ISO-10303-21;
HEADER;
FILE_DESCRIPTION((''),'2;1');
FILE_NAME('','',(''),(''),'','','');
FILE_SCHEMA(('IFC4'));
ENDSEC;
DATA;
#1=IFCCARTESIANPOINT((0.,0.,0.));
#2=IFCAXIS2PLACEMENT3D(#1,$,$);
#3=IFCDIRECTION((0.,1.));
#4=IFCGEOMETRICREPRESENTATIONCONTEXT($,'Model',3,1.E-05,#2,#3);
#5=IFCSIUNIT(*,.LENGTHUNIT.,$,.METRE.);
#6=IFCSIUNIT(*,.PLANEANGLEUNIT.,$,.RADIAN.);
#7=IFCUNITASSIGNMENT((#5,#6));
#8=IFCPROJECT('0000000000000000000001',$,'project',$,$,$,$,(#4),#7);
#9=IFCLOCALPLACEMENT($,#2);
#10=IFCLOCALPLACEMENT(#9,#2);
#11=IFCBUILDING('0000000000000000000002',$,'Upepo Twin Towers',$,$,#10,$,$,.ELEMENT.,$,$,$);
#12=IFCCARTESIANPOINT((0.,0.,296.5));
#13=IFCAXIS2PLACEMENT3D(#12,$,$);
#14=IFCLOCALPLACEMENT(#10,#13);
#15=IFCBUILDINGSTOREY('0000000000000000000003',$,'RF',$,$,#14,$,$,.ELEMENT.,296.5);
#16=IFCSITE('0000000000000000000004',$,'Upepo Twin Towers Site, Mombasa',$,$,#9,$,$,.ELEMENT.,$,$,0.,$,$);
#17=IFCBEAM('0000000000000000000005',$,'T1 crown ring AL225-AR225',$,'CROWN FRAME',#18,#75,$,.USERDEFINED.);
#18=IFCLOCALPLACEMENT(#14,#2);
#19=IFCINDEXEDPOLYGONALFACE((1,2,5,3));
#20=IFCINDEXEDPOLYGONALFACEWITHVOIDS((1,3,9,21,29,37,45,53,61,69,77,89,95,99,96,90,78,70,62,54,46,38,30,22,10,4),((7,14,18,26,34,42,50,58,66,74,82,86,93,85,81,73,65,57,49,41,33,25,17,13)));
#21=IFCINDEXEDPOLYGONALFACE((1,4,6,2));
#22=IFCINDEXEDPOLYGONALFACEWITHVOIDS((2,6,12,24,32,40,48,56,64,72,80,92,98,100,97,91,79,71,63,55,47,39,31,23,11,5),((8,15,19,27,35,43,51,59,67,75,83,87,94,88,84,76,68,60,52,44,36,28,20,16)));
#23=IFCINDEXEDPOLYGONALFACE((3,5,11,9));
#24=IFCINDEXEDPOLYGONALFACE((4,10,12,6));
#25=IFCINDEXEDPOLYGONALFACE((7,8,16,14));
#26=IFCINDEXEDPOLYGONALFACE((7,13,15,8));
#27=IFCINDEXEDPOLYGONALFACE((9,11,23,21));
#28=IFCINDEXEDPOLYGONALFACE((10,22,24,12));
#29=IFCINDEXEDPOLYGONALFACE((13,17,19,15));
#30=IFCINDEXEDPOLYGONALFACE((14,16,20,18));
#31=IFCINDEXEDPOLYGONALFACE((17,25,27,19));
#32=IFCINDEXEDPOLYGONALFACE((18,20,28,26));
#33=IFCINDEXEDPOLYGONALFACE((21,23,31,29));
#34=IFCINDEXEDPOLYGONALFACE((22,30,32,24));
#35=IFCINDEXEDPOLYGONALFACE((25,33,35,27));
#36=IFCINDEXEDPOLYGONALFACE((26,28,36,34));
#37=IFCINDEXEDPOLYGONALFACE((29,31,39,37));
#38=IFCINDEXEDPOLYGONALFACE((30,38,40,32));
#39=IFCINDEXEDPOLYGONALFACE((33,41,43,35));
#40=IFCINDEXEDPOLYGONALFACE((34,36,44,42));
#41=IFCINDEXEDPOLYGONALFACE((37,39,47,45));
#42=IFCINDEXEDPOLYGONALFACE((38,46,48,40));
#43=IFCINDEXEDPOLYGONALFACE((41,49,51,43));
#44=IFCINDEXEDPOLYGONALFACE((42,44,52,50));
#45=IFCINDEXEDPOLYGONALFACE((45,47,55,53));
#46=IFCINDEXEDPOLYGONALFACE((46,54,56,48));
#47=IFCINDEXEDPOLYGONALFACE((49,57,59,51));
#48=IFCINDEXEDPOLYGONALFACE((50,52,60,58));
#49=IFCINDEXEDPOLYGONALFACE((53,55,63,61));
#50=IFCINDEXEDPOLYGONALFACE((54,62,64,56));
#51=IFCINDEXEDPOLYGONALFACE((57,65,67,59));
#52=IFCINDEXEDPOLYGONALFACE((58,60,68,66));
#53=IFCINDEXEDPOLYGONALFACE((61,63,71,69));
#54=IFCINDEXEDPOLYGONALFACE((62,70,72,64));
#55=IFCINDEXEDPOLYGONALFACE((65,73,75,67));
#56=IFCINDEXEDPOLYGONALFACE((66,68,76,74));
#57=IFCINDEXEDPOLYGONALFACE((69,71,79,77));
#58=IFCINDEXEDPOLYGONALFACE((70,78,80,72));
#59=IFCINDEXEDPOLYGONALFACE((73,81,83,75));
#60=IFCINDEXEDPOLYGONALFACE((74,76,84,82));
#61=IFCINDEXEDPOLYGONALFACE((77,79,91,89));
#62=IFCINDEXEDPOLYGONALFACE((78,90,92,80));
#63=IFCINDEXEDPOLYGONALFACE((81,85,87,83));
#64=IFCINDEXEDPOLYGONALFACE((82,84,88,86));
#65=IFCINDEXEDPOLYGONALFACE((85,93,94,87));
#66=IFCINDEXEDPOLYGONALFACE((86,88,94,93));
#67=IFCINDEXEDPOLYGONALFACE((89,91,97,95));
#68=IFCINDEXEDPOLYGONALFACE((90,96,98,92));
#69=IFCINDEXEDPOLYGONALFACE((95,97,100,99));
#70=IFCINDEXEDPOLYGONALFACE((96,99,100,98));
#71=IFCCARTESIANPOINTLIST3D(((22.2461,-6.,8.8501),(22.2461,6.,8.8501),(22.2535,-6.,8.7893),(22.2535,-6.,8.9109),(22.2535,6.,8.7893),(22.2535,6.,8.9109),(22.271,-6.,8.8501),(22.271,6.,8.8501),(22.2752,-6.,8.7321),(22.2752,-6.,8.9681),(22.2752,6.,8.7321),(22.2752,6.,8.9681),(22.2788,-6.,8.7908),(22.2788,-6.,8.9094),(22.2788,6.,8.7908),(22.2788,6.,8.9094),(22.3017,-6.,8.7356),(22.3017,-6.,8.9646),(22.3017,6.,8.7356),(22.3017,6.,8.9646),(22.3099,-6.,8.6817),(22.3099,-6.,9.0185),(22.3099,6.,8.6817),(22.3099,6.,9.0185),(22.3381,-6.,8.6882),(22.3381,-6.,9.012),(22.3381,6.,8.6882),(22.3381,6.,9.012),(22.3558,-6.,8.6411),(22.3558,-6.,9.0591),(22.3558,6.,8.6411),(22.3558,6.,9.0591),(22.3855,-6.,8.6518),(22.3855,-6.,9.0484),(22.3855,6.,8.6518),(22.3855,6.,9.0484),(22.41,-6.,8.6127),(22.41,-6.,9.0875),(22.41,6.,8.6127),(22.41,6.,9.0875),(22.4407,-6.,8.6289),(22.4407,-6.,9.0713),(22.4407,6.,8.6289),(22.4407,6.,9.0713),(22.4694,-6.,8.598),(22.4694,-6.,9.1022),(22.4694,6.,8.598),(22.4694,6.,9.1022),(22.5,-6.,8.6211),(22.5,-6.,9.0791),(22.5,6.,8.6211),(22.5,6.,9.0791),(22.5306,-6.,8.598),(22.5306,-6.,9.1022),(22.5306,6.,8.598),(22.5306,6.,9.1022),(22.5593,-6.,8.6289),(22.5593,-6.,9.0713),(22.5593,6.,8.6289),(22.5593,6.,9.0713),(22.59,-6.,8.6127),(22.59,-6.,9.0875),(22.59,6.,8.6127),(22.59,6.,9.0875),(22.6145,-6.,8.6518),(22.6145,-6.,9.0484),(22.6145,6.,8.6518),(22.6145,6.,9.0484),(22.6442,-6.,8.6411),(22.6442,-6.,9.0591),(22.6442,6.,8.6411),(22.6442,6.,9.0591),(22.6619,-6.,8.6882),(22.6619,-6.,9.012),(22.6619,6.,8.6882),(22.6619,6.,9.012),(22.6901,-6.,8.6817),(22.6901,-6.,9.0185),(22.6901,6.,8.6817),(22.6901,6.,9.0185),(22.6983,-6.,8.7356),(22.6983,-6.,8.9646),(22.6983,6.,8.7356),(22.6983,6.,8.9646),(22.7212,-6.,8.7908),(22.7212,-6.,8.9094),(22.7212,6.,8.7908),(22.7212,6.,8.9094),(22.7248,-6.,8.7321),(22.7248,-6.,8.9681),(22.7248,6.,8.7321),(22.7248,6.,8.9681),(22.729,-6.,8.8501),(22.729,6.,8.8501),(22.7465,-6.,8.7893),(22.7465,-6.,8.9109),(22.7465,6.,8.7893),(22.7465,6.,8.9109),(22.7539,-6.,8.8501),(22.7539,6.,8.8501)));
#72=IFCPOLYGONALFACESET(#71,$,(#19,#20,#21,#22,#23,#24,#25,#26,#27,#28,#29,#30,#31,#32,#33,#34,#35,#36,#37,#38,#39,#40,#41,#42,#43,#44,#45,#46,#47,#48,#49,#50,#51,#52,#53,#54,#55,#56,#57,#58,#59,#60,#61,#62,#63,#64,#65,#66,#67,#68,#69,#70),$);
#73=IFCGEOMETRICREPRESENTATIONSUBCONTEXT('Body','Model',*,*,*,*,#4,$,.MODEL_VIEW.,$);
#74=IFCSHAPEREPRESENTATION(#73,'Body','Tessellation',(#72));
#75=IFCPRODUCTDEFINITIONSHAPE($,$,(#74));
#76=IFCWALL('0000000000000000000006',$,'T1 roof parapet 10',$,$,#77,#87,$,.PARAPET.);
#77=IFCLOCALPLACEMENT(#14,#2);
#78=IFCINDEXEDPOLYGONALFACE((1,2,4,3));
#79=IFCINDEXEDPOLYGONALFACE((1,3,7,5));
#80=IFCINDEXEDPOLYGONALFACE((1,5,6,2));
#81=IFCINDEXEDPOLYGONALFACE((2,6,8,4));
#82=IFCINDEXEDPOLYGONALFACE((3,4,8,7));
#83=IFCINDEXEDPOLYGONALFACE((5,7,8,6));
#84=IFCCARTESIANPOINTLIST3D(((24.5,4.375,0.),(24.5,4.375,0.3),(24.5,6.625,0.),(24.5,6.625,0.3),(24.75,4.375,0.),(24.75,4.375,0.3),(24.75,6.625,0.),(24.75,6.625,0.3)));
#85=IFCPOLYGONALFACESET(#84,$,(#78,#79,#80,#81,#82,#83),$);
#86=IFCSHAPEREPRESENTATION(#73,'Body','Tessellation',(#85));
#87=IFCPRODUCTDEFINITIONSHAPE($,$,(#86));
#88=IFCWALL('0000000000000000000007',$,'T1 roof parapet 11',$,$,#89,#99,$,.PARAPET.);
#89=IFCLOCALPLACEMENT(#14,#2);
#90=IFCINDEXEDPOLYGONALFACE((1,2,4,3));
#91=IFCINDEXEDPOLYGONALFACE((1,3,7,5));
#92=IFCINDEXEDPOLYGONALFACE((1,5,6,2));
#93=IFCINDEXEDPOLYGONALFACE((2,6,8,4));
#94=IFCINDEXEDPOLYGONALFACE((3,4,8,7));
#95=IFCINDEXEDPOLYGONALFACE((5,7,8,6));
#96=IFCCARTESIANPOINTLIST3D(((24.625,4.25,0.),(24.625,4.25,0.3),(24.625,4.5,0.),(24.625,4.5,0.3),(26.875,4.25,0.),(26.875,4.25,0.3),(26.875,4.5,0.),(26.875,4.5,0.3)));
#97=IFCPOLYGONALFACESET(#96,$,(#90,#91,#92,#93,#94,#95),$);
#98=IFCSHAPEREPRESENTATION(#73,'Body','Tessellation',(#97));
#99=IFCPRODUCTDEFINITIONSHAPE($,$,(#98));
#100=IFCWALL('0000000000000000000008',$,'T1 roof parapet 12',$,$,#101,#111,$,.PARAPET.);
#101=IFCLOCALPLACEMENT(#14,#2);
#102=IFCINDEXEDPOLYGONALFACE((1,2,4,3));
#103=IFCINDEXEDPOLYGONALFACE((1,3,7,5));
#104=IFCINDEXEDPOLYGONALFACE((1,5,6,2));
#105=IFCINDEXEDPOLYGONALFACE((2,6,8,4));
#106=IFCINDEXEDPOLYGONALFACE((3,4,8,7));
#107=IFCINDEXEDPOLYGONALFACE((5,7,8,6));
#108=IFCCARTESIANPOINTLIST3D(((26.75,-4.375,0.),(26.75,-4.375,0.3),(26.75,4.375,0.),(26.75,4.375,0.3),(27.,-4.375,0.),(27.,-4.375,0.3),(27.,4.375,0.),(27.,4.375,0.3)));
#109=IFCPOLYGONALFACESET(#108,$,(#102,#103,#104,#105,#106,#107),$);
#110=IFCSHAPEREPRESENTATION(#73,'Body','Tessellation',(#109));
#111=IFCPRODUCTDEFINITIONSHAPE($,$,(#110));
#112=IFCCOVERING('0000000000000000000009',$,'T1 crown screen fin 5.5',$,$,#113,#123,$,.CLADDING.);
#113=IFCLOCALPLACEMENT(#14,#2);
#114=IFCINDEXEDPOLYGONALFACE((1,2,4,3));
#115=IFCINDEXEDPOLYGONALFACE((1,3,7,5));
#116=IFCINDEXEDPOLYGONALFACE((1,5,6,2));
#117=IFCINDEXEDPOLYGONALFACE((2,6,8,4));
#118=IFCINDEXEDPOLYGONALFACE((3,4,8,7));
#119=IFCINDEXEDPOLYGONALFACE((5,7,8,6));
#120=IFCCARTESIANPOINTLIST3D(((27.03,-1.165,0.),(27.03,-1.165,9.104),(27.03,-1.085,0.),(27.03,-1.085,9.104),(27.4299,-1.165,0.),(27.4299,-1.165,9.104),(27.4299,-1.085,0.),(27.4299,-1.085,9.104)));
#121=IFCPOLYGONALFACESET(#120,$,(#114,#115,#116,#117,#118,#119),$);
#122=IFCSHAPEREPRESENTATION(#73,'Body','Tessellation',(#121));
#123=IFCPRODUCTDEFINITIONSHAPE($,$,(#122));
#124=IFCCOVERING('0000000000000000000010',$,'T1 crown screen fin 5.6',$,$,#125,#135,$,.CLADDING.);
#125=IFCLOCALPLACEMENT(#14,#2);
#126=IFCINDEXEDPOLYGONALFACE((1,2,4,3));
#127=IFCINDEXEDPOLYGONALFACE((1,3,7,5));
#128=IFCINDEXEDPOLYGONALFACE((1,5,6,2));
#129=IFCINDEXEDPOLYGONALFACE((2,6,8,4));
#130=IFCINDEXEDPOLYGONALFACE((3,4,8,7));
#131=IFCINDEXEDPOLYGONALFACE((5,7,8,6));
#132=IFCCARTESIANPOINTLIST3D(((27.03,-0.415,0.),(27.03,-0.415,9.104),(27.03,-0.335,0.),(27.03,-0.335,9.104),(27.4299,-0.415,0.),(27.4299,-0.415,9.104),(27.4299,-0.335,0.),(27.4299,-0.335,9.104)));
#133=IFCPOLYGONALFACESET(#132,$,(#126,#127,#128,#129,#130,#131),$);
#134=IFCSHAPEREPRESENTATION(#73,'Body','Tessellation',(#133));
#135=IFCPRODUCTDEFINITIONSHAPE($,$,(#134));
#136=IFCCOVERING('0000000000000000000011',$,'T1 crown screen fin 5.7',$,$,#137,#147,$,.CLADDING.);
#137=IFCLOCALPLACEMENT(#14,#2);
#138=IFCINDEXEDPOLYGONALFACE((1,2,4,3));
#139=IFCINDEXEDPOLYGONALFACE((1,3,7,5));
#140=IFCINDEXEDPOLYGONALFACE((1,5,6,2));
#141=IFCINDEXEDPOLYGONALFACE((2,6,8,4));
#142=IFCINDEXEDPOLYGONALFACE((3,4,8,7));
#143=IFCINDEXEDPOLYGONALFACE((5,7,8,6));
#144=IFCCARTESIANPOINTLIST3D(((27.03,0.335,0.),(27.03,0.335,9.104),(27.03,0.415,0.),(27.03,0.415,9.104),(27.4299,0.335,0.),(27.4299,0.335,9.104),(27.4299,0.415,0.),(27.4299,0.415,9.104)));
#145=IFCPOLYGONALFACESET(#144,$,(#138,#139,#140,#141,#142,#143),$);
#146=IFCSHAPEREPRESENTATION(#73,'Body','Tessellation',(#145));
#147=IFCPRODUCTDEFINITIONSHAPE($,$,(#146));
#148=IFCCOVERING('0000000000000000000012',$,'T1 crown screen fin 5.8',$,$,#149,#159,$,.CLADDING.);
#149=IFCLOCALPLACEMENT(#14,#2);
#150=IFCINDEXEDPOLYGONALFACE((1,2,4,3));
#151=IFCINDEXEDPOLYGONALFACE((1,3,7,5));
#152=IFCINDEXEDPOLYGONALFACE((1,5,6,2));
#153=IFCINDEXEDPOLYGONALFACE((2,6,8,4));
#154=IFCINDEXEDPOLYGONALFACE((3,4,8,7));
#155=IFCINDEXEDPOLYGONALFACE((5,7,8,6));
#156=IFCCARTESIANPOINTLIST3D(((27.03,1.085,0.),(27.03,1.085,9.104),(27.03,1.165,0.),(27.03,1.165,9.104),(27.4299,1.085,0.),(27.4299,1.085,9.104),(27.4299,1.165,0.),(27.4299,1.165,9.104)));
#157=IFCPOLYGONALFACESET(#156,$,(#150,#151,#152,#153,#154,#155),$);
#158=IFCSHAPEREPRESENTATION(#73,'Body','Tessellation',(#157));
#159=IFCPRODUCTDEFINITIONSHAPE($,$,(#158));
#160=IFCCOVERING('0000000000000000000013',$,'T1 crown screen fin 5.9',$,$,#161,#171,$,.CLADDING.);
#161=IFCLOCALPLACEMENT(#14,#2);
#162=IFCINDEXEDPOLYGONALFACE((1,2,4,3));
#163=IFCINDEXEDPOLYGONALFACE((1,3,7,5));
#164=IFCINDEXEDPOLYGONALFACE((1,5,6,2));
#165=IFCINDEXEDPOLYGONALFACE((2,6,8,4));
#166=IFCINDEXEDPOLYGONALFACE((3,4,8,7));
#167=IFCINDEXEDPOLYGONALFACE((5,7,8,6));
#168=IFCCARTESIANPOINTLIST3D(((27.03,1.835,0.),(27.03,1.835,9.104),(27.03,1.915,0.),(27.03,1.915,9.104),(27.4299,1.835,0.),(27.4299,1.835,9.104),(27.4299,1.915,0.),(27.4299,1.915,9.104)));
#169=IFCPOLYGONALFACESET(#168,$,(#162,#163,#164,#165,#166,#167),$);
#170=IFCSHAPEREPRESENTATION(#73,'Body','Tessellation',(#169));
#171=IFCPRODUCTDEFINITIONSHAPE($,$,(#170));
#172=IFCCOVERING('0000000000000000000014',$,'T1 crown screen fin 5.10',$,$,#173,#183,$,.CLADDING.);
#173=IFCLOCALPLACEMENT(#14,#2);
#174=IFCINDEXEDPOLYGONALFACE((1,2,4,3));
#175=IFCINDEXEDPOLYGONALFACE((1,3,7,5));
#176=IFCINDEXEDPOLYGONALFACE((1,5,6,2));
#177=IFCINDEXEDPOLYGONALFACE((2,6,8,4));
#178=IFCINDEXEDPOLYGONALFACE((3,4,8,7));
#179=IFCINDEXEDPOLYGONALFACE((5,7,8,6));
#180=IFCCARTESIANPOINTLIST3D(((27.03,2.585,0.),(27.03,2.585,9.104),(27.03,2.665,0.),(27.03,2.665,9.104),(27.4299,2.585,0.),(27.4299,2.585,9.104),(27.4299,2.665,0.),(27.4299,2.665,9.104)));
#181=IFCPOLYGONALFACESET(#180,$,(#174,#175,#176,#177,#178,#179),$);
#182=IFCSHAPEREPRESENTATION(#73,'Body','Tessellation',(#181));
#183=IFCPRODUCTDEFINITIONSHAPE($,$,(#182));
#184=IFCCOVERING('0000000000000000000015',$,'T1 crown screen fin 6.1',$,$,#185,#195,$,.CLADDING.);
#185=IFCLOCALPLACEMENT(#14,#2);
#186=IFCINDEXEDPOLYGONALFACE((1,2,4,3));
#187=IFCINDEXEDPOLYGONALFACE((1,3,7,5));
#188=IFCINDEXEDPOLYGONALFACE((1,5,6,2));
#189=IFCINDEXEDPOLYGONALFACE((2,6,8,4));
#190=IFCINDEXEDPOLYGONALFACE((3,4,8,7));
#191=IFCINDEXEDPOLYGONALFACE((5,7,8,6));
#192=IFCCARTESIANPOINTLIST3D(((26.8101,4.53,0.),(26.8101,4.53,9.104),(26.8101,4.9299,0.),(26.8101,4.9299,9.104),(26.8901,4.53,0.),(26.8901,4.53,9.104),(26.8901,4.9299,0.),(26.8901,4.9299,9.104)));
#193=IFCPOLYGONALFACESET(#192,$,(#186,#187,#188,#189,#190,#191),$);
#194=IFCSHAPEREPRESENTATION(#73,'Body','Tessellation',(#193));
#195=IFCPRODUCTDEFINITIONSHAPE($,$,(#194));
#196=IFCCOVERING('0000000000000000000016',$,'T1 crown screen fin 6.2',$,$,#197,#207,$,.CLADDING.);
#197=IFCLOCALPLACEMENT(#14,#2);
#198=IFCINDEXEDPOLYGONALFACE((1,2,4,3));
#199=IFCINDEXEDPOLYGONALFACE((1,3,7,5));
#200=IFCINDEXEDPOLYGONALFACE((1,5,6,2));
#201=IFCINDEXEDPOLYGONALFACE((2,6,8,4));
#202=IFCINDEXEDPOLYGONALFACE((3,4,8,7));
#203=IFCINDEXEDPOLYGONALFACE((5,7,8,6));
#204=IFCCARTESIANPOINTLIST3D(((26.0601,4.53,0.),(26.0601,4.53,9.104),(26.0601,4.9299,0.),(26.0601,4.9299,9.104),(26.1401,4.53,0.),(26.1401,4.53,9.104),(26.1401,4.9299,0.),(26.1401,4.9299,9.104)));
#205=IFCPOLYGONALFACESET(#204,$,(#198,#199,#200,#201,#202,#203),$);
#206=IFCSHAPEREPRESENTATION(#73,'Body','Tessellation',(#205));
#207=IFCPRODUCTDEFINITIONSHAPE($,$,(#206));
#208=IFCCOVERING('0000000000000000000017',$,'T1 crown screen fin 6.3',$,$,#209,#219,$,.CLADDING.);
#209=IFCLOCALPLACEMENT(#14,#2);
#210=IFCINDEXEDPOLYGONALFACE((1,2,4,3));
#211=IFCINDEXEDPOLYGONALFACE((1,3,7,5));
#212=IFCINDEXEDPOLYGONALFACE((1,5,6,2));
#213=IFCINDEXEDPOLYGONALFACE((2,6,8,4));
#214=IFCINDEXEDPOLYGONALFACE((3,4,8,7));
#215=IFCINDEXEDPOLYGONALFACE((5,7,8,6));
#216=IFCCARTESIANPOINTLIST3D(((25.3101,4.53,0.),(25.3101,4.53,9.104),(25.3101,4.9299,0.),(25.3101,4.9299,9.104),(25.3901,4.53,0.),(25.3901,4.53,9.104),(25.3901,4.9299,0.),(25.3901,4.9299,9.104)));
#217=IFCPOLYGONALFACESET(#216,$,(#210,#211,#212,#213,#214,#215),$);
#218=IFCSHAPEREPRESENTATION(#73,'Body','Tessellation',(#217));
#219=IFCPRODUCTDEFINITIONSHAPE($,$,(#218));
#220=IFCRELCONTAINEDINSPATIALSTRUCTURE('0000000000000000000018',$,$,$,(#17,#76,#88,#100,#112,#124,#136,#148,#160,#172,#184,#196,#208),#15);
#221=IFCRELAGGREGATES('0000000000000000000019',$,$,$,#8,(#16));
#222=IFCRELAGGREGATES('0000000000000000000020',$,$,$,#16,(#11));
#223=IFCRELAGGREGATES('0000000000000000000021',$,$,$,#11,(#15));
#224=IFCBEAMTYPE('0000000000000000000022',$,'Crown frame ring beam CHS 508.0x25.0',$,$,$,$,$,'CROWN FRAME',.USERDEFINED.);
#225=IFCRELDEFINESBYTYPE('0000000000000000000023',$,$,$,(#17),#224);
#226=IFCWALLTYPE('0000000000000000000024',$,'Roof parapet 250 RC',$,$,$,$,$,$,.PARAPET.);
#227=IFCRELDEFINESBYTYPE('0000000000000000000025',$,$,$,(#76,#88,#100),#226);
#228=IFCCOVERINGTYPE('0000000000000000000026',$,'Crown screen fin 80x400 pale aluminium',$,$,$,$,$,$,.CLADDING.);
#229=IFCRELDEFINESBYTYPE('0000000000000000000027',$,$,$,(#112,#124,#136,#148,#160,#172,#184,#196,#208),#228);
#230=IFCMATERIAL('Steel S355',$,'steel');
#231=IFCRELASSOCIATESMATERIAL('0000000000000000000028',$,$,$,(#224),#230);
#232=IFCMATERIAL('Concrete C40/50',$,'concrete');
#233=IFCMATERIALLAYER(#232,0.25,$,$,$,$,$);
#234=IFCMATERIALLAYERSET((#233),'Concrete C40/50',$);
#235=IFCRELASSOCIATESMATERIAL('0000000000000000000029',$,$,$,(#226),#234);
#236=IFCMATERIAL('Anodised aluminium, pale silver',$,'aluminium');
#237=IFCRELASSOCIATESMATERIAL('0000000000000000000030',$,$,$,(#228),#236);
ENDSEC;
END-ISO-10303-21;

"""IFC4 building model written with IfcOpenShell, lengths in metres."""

from ifc_helpers import new_model, si_unit, direction, frame, frame_2d, origin, origin_2d, place, context, subcontext, project, spatial, rectangle, hollow_circle, extrude, material, layer, layer_set, material_profile, profile_set, type_object, element, save


model = new_model("IFC4")

# Units and contexts
model_context = context("Model", 3, precision=1e-05, world=origin(), true_north=direction((0.0, 1.0)))
body_context = subcontext(model_context, "Body", "Model", "MODEL_VIEW")
ifc_project = project(units=[si_unit("LENGTHUNIT", "METRE"), si_unit("PLANEANGLEUNIT", "RADIAN")], contexts=[model_context])

# Site, building, storey
site_placement = place(None, origin())
site = spatial("IfcSite", under=ifc_project, at=site_placement, Name="Upepo Twin Towers Site, Mombasa", CompositionType="ELEMENT", RefElevation=0.0)
building_placement = place(site_placement, origin())
building = spatial("IfcBuilding", under=site, at=building_placement, Name="Upepo Twin Towers", CompositionType="ELEMENT")
storey_placement = place(building_placement, frame((0.0, 0.0, 296.5)))
storey = spatial("IfcBuildingStorey", under=building, at=storey_placement, Name="RF", CompositionType="ELEMENT", Elevation=296.5)

# Beam
ifc_material_1 = material(Name="Steel S355", Category="steel")
ifc_material_profile_1 = material_profile(ifc_material_1, hollow_circle(Radius=0.2539, WallThickness=0.0249, at=origin_2d()), Name="CHS 508.0x25.0")
ifc_profile_set_1 = profile_set([ifc_material_profile_1], Name="Steel S355")
beam_type = type_object("IfcBeamType", Name="Crown frame ring beam CHS 508.0x25.0", ElementType="CROWN FRAME", PredefinedType="USERDEFINED", material=ifc_profile_set_1)
beam_placement = place(storey_placement, frame((22.5, 6.0, 8.8501), z_axis=(0.0, -1.0, 0.0), x_axis=(1.0, 0.0, 0.0)))
element("IfcBeam", 1, at=beam_placement, inside=storey, type_object=beam_type, Name="T1 crown ring AL225-AR225", ObjectType="CROWN FRAME", PredefinedType="USERDEFINED", context=body_context, shape_type="SweptSolid", body=[
    extrude(hollow_circle(Radius=0.2539, WallThickness=0.0249, at=origin_2d()), origin(), (0.0, 0.0, 1.0), 12.0),
])

# Walls
ifc_material_2 = material(Name="Concrete C40/50", Category="concrete")
ifc_layer_1 = layer(ifc_material_2, 0.25)
ifc_layer_set_1 = layer_set([ifc_layer_1], Name="Concrete C40/50")
wall_type = type_object("IfcWallType", Name="Roof parapet 250 RC", PredefinedType="PARAPET", material=ifc_layer_set_1)
for number, where, z_axis, x_axis, name in (
    (2, (24.625, 6.625, 0.0), (0.0, 0.0, 1.0), (0.0, -1.0, 0.0), "T1 roof parapet 10"),
    (3, (24.625, 4.375, 0.0), (0.0, 0.0, 1.0), (1.0, 0.0, 0.0), "T1 roof parapet 11"),
):
    element("IfcWall", number, at=place(storey_placement, frame(where, z_axis=z_axis, x_axis=x_axis)), inside=storey, type_object=wall_type, Name=name, PredefinedType="PARAPET", context=body_context, shape_type="SweptSolid", body=[
        extrude(rectangle(XDim=2.25, YDim=0.25, at=frame_2d((1.125, 0.0))), origin(), (0.0, 0.0, 1.0), 0.3),
    ])
wall_placement = place(storey_placement, frame((26.875, 4.375, 0.0), z_axis=(0.0, 0.0, 1.0), x_axis=(0.0, -1.0, 0.0)))
element("IfcWall", 4, at=wall_placement, inside=storey, type_object=wall_type, Name="T1 roof parapet 12", PredefinedType="PARAPET", context=body_context, shape_type="SweptSolid", body=[
    extrude(rectangle(XDim=8.75, YDim=0.25, at=frame_2d((4.375, 0.0))), origin(), (0.0, 0.0, 1.0), 0.3),
])

# Coverings
ifc_material_3 = material(Name="Anodised aluminium, pale silver", Category="aluminium")
covering_type_1 = type_object("IfcCoveringType", Name="Crown screen fin 80x400 pale aluminium", PredefinedType="CLADDING", material=ifc_material_3)
for number, where, z_axis, x_axis, name in (
    (5, (27.23, -1.125, 0.0), (0.0, 0.0, 1.0), (0.0, 1.0, 0.0), "T1 crown screen fin 5.5"),
    (6, (27.23, -0.375, 0.0), (0.0, 0.0, 1.0), (0.0, 1.0, 0.0), "T1 crown screen fin 5.6"),
    (7, (27.23, 0.375, 0.0), (0.0, 0.0, 1.0), (0.0, 1.0, 0.0), "T1 crown screen fin 5.7"),
    (8, (27.23, 1.125, 0.0), (0.0, 0.0, 1.0), (0.0, 1.0, 0.0), "T1 crown screen fin 5.8"),
    (9, (27.23, 1.875, 0.0), (0.0, 0.0, 1.0), (0.0, 1.0, 0.0), "T1 crown screen fin 5.9"),
    (10, (27.23, 2.625, 0.0), (0.0, 0.0, 1.0), (0.0, 1.0, 0.0), "T1 crown screen fin 5.10"),
    (11, (26.8501, 4.73, 0.0), (0.0, 0.0, 1.0), (-1.0, 0.0, 0.0), "T1 crown screen fin 6.1"),
    (12, (26.1001, 4.73, 0.0), (0.0, 0.0, 1.0), (-1.0, 0.0, 0.0), "T1 crown screen fin 6.2"),
    (13, (25.3501, 4.73, 0.0), (0.0, 0.0, 1.0), (-1.0, 0.0, 0.0), "T1 crown screen fin 6.3"),
):
    element("IfcCovering", number, at=place(storey_placement, frame(where, z_axis=z_axis, x_axis=x_axis)), inside=storey, type_object=covering_type_1, Name=name, PredefinedType="CLADDING", context=body_context, shape_type="SweptSolid", body=[
        extrude(rectangle(XDim=0.0801, YDim=0.3999, at=origin_2d()), origin(), (0.0, 0.0, 1.0), 9.104),
    ])

save(model, "model.ifc")
